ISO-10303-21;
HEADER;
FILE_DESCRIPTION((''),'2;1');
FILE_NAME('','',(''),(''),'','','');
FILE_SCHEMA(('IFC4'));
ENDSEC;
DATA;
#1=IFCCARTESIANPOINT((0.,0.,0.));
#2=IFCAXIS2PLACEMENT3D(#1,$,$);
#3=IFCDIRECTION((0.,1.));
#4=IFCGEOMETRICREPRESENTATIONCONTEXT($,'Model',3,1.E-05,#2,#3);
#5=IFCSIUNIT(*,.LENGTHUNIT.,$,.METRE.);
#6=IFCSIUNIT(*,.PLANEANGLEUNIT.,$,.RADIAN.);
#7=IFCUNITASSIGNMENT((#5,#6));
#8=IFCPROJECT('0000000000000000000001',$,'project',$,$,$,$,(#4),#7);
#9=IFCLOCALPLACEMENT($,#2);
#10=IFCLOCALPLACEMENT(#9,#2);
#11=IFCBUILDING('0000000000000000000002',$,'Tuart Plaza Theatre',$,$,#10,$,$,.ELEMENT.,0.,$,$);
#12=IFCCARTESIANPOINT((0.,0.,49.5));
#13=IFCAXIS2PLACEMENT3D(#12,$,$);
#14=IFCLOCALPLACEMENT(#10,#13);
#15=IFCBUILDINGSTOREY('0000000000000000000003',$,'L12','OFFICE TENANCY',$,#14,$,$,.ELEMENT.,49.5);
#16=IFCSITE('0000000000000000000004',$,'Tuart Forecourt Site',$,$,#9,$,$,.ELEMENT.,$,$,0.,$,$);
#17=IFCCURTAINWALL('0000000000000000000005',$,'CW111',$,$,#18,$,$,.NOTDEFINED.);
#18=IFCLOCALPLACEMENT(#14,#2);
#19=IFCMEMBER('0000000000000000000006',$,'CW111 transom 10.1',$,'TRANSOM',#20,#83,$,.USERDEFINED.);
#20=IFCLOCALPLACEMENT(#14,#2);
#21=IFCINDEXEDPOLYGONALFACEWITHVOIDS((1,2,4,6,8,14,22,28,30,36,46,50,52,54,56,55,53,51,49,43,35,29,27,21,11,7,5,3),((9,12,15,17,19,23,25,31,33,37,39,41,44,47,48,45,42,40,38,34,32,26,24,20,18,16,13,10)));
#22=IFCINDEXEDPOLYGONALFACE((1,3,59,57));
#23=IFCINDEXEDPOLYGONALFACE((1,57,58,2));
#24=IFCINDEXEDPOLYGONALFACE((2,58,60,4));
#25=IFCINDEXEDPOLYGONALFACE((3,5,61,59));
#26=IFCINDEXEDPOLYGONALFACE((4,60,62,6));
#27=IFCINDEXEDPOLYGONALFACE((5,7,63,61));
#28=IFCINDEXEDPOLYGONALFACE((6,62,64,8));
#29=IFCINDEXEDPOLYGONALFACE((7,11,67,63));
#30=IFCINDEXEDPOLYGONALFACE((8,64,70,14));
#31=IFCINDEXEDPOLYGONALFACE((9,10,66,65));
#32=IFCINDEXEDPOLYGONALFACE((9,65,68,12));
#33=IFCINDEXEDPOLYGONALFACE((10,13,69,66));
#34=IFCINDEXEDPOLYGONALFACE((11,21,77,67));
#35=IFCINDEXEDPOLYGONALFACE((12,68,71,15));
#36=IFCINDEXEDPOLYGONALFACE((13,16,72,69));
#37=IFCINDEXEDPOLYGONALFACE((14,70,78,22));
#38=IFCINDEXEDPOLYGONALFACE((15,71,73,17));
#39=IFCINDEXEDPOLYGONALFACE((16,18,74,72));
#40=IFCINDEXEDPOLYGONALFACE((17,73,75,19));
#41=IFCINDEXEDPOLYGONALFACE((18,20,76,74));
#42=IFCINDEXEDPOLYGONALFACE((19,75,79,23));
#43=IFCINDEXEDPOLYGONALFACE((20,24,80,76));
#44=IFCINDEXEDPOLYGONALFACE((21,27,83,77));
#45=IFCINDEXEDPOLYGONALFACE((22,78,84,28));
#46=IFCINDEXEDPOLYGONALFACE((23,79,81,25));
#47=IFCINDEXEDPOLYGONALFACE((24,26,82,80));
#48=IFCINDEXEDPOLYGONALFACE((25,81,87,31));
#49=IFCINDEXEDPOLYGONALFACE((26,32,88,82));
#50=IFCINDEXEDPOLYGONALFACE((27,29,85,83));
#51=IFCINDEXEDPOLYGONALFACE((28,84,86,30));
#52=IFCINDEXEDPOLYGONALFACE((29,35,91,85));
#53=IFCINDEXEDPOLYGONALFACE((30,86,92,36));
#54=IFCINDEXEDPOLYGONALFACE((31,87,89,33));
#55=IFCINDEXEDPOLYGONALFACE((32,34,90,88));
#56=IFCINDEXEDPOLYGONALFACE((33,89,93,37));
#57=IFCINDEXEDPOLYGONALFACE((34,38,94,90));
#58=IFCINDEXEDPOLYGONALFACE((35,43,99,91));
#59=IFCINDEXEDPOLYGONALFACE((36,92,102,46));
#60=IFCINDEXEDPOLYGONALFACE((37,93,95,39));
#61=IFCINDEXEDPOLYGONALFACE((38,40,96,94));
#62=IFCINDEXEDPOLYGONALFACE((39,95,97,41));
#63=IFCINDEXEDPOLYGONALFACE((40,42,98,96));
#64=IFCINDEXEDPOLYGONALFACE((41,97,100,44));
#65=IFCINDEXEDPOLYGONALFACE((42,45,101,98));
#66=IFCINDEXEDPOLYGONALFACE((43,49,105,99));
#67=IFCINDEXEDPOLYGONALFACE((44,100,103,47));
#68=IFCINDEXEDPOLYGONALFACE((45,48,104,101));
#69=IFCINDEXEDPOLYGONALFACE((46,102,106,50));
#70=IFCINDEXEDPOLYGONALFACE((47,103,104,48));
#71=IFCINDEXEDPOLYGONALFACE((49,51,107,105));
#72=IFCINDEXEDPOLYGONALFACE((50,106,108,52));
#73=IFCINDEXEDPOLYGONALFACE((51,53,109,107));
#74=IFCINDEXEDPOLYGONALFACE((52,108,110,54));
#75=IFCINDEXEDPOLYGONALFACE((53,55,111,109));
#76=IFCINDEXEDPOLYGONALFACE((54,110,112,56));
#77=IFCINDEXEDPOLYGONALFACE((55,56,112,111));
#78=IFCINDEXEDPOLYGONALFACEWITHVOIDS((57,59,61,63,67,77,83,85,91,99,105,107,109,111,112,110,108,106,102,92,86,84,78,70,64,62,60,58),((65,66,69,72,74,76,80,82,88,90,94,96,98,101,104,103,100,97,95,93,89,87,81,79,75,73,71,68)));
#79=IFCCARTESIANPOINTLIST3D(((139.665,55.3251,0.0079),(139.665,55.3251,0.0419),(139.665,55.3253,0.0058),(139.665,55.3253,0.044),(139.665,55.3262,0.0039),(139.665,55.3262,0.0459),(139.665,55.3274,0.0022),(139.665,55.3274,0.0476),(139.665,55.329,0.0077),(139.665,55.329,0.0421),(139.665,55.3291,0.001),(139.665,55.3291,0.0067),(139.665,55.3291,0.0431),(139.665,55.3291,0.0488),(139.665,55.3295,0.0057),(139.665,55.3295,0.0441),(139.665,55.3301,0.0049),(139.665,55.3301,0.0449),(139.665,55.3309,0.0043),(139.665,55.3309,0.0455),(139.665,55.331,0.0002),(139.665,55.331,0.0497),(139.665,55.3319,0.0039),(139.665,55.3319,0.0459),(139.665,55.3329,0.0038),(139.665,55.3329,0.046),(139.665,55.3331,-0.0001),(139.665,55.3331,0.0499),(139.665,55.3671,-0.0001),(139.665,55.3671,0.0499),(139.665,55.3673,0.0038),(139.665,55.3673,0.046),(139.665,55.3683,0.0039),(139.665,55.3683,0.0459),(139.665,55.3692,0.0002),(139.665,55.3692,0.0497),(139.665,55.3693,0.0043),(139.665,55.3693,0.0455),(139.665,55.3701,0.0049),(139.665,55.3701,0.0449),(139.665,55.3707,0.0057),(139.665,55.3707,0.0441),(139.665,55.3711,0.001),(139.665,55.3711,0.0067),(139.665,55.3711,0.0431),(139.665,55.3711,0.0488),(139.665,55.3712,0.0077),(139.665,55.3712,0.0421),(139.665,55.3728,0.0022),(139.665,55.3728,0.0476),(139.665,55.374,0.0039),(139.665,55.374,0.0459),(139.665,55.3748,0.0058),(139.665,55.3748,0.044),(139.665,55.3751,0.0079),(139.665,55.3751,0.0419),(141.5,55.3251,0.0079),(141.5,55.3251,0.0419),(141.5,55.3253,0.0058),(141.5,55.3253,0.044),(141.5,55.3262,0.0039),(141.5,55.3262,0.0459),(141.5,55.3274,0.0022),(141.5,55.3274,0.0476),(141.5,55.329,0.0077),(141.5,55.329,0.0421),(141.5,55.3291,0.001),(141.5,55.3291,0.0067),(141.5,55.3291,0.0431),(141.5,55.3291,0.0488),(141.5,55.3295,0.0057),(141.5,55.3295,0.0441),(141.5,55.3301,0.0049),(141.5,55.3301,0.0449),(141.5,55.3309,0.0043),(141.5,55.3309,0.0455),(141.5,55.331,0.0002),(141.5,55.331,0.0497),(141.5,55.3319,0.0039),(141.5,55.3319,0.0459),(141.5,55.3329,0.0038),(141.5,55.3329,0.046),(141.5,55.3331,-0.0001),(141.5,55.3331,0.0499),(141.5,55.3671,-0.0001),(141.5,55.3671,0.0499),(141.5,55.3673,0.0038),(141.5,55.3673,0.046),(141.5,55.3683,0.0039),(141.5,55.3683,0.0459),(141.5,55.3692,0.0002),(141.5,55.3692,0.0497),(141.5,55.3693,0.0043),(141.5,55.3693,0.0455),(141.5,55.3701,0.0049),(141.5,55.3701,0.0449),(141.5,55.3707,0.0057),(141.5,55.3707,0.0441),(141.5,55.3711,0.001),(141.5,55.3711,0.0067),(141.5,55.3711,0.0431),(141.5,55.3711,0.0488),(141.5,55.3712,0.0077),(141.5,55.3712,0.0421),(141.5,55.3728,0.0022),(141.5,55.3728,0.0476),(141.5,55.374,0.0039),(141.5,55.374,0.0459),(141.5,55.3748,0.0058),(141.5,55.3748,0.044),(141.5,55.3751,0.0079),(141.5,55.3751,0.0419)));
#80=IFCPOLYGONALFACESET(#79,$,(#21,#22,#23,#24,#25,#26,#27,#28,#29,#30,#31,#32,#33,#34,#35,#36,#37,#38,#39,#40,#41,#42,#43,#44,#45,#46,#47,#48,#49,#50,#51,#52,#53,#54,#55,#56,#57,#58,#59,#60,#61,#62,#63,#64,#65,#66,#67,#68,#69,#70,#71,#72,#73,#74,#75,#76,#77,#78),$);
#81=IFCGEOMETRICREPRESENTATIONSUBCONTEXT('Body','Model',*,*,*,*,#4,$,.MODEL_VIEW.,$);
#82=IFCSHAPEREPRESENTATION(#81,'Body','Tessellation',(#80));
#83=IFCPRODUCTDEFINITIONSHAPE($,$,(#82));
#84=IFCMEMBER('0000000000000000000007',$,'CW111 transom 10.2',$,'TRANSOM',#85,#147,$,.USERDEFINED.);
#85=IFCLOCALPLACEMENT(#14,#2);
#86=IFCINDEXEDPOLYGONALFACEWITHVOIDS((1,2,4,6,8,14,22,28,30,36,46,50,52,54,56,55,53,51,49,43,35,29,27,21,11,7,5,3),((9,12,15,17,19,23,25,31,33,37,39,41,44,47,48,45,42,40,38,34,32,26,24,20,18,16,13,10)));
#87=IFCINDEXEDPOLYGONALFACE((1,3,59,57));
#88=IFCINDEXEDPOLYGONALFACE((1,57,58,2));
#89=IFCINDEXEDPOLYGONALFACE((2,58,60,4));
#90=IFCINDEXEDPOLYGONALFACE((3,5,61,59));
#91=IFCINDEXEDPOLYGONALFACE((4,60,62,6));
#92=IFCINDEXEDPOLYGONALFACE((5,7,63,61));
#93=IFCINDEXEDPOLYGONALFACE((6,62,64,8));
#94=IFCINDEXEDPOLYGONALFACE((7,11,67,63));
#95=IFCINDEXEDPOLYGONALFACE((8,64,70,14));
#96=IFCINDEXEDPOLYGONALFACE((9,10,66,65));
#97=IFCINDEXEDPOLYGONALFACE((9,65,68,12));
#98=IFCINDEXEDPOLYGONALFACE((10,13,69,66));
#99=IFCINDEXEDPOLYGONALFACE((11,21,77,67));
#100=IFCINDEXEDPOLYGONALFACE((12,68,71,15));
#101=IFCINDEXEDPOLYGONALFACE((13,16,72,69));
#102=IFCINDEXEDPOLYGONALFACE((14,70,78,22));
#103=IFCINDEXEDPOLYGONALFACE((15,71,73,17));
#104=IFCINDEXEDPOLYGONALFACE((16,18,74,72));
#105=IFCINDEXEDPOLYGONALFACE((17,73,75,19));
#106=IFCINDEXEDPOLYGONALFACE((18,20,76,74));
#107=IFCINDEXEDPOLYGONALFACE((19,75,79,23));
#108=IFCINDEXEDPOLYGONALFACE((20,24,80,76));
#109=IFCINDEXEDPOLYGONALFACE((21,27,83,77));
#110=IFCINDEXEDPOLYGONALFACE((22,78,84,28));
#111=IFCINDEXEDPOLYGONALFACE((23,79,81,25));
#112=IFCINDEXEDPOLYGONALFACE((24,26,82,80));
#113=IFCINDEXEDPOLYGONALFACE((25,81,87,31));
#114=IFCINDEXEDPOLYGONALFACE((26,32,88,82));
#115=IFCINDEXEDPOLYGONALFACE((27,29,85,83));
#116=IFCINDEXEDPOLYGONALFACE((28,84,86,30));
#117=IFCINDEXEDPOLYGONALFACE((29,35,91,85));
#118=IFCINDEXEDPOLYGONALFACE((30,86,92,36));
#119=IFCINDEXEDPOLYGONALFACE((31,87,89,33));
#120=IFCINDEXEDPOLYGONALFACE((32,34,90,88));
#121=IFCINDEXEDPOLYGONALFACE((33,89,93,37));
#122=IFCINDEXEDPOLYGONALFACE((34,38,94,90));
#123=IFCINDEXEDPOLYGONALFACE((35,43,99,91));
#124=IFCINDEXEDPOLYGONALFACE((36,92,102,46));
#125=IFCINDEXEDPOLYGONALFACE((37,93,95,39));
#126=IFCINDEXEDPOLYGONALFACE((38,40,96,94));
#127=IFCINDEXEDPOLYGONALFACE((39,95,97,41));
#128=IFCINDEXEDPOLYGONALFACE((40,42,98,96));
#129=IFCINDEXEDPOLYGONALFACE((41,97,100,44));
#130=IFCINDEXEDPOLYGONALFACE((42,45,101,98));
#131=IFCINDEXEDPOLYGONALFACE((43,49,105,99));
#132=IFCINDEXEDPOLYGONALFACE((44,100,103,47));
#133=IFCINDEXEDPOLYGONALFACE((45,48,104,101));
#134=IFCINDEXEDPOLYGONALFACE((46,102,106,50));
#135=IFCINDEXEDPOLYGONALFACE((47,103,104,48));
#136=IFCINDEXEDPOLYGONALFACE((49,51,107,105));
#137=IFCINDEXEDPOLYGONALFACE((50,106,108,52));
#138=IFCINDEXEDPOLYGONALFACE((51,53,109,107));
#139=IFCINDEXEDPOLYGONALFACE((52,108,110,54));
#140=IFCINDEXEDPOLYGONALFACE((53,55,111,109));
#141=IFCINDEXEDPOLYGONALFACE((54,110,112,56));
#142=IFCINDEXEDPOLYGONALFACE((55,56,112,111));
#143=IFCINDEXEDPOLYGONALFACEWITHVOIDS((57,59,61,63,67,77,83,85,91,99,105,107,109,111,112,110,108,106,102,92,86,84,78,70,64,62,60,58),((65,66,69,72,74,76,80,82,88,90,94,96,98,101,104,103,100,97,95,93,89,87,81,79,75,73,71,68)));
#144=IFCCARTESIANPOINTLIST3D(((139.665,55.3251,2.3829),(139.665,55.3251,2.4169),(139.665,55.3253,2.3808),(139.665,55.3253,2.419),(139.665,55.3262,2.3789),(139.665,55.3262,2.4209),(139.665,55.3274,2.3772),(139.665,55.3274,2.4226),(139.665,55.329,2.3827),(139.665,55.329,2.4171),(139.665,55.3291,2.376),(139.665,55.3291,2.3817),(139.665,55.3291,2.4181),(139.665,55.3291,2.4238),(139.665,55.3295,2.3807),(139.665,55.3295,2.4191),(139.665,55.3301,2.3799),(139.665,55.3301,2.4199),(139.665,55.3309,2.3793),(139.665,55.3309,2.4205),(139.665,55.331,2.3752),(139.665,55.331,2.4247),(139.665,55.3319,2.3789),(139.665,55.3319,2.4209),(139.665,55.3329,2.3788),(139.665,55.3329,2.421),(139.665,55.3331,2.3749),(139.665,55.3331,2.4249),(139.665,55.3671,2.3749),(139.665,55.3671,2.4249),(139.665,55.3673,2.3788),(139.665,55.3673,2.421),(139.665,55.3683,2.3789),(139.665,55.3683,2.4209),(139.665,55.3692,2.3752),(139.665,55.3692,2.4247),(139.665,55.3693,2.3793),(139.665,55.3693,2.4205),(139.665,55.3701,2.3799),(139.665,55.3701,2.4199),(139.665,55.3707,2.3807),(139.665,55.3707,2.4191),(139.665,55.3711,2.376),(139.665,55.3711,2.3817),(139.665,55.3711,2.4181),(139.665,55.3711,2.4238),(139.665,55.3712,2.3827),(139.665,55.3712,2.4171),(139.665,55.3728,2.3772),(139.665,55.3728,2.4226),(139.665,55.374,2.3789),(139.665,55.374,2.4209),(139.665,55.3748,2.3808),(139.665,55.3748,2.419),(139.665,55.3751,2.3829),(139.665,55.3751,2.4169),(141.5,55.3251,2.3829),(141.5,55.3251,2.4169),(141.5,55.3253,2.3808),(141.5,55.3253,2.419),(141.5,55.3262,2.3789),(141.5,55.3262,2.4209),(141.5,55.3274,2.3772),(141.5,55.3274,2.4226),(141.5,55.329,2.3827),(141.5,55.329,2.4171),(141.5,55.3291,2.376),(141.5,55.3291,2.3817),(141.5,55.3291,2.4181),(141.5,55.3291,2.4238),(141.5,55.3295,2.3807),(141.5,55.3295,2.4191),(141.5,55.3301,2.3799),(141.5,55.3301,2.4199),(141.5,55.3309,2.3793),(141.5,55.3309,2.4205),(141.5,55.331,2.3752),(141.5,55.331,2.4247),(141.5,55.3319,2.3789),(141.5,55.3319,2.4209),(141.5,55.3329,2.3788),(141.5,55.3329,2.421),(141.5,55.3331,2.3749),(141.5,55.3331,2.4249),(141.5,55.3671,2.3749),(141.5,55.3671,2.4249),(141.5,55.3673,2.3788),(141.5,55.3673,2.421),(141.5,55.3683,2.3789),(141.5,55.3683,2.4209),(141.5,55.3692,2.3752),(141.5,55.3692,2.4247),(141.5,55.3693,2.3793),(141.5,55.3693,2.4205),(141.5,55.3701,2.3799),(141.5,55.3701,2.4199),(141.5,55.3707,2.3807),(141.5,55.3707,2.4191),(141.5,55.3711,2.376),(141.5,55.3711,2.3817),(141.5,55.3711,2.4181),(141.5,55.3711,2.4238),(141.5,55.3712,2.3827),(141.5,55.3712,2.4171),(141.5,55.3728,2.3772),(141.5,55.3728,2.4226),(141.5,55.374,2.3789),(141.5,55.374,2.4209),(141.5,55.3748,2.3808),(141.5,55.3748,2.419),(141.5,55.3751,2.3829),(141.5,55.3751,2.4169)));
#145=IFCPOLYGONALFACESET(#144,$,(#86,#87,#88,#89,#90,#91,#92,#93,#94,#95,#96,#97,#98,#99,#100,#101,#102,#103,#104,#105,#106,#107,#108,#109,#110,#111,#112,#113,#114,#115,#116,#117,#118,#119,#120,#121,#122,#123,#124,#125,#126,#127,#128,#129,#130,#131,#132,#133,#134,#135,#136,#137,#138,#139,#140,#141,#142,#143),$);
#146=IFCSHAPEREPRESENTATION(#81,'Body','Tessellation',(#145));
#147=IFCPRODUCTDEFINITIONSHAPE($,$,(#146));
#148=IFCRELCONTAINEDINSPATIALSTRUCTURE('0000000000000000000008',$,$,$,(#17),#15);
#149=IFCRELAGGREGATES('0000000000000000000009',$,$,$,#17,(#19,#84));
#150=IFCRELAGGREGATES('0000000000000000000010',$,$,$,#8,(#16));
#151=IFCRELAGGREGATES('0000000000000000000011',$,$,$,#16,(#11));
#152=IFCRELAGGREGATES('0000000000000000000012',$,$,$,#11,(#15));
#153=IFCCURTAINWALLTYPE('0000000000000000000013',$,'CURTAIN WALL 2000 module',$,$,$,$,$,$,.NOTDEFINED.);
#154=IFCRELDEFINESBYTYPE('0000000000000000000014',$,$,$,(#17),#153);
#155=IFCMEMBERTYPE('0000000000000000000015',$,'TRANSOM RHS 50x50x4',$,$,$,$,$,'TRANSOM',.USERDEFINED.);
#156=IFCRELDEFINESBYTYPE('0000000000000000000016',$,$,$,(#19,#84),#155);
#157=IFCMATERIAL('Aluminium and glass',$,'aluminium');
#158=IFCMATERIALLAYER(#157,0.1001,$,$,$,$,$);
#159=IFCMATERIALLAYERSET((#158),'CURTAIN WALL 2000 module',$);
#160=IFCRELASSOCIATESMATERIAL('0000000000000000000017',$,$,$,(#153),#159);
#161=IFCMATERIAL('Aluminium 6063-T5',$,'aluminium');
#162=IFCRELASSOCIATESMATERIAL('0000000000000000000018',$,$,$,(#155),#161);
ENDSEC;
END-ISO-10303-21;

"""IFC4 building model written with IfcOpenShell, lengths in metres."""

from ifc_helpers import new_model, si_unit, direction, frame, origin, origin_2d, place, context, subcontext, project, spatial, hollow_rectangle, extrude, material, layer, layer_set, material_profile, profile_set, type_object, element, aggregate, save


model = new_model("IFC4")

# Units and contexts
model_context = context("Model", 3, precision=1e-05, world=origin(), true_north=direction((0.0, 1.0)))
body_context = subcontext(model_context, "Body", "Model", "MODEL_VIEW")
ifc_project = project(units=[si_unit("LENGTHUNIT", "METRE"), si_unit("PLANEANGLEUNIT", "RADIAN")], contexts=[model_context])

# Site, building, storey
site_placement = place(None, origin())
site = spatial("IfcSite", under=ifc_project, at=site_placement, Name="Tuart Forecourt Site", CompositionType="ELEMENT", RefElevation=0.0)
building_placement = place(site_placement, origin())
building = spatial("IfcBuilding", under=site, at=building_placement, Name="Tuart Plaza Theatre", CompositionType="ELEMENT", ElevationOfRefHeight=0.0)
storey_placement = place(building_placement, frame((0.0, 0.0, 49.5)))
storey = spatial("IfcBuildingStorey", under=building, at=storey_placement, Name="L12", Description="OFFICE TENANCY", CompositionType="ELEMENT", Elevation=49.5)

# Shared definitions
ifc_material_1 = material(Name="Aluminium and glass", Category="aluminium")
ifc_layer_1 = layer(ifc_material_1, 0.1001)
ifc_layer_set_1 = layer_set([ifc_layer_1], Name="CURTAIN WALL 2000 module")
curtain_wall_type = type_object("IfcCurtainWallType", Name="CURTAIN WALL 2000 module", PredefinedType="NOTDEFINED", material=ifc_layer_set_1)

# Curtain wall
curtain_wall_1_placement = place(storey_placement, origin())
curtain_wall_1 = element("IfcCurtainWall", 1, at=curtain_wall_1_placement, inside=storey, type_object=curtain_wall_type, Name="CW111", PredefinedType="NOTDEFINED")

# Members
ifc_material_2 = material(Name="Aluminium 6063-T5", Category="aluminium")
ifc_material_profile_1 = material_profile(ifc_material_2, hollow_rectangle(XDim=0.05, YDim=0.05, WallThickness=0.0039, InnerFilletRadius=0.0039, OuterFilletRadius=0.0081, at=origin_2d()), Name="RHS 50x50x4")
ifc_profile_set_1 = profile_set([ifc_material_profile_1], Name="Aluminium 6063-T5")
member_type_1 = type_object("IfcMemberType", Name="TRANSOM RHS 50x50x4", ElementType="TRANSOM", PredefinedType="USERDEFINED", material=ifc_profile_set_1)
member_1_placement = place(storey_placement, frame((139.665, 55.3501, 0.0249), z_axis=(1.0, 0.0, 0.0), x_axis=(0.0, 1.0, 0.0)))
member_1 = element("IfcMember", 2, at=member_1_placement, type_object=member_type_1, Name="CW111 transom 10.1", ObjectType="TRANSOM", PredefinedType="USERDEFINED", context=body_context, shape_type="SweptSolid", body=[
    extrude(hollow_rectangle(XDim=0.05, YDim=0.05, WallThickness=0.0039, InnerFilletRadius=0.0039, OuterFilletRadius=0.0081, at=origin_2d()), origin(), (0.0, 0.0, 1.0), 1.835),
])
member_2_placement = place(storey_placement, frame((139.665, 55.3501, 2.3999), z_axis=(1.0, 0.0, 0.0), x_axis=(0.0, 1.0, 0.0)))
member_2 = element("IfcMember", 3, at=member_2_placement, type_object=member_type_1, Name="CW111 transom 10.2", ObjectType="TRANSOM", PredefinedType="USERDEFINED", context=body_context, shape_type="SweptSolid", body=[
    extrude(hollow_rectangle(XDim=0.05, YDim=0.05, WallThickness=0.0039, InnerFilletRadius=0.0039, OuterFilletRadius=0.0081, at=origin_2d()), origin(), (0.0, 0.0, 1.0), 1.835),
])

aggregate(curtain_wall_1, [member_1, member_2])

save(model, "model.ifc")
